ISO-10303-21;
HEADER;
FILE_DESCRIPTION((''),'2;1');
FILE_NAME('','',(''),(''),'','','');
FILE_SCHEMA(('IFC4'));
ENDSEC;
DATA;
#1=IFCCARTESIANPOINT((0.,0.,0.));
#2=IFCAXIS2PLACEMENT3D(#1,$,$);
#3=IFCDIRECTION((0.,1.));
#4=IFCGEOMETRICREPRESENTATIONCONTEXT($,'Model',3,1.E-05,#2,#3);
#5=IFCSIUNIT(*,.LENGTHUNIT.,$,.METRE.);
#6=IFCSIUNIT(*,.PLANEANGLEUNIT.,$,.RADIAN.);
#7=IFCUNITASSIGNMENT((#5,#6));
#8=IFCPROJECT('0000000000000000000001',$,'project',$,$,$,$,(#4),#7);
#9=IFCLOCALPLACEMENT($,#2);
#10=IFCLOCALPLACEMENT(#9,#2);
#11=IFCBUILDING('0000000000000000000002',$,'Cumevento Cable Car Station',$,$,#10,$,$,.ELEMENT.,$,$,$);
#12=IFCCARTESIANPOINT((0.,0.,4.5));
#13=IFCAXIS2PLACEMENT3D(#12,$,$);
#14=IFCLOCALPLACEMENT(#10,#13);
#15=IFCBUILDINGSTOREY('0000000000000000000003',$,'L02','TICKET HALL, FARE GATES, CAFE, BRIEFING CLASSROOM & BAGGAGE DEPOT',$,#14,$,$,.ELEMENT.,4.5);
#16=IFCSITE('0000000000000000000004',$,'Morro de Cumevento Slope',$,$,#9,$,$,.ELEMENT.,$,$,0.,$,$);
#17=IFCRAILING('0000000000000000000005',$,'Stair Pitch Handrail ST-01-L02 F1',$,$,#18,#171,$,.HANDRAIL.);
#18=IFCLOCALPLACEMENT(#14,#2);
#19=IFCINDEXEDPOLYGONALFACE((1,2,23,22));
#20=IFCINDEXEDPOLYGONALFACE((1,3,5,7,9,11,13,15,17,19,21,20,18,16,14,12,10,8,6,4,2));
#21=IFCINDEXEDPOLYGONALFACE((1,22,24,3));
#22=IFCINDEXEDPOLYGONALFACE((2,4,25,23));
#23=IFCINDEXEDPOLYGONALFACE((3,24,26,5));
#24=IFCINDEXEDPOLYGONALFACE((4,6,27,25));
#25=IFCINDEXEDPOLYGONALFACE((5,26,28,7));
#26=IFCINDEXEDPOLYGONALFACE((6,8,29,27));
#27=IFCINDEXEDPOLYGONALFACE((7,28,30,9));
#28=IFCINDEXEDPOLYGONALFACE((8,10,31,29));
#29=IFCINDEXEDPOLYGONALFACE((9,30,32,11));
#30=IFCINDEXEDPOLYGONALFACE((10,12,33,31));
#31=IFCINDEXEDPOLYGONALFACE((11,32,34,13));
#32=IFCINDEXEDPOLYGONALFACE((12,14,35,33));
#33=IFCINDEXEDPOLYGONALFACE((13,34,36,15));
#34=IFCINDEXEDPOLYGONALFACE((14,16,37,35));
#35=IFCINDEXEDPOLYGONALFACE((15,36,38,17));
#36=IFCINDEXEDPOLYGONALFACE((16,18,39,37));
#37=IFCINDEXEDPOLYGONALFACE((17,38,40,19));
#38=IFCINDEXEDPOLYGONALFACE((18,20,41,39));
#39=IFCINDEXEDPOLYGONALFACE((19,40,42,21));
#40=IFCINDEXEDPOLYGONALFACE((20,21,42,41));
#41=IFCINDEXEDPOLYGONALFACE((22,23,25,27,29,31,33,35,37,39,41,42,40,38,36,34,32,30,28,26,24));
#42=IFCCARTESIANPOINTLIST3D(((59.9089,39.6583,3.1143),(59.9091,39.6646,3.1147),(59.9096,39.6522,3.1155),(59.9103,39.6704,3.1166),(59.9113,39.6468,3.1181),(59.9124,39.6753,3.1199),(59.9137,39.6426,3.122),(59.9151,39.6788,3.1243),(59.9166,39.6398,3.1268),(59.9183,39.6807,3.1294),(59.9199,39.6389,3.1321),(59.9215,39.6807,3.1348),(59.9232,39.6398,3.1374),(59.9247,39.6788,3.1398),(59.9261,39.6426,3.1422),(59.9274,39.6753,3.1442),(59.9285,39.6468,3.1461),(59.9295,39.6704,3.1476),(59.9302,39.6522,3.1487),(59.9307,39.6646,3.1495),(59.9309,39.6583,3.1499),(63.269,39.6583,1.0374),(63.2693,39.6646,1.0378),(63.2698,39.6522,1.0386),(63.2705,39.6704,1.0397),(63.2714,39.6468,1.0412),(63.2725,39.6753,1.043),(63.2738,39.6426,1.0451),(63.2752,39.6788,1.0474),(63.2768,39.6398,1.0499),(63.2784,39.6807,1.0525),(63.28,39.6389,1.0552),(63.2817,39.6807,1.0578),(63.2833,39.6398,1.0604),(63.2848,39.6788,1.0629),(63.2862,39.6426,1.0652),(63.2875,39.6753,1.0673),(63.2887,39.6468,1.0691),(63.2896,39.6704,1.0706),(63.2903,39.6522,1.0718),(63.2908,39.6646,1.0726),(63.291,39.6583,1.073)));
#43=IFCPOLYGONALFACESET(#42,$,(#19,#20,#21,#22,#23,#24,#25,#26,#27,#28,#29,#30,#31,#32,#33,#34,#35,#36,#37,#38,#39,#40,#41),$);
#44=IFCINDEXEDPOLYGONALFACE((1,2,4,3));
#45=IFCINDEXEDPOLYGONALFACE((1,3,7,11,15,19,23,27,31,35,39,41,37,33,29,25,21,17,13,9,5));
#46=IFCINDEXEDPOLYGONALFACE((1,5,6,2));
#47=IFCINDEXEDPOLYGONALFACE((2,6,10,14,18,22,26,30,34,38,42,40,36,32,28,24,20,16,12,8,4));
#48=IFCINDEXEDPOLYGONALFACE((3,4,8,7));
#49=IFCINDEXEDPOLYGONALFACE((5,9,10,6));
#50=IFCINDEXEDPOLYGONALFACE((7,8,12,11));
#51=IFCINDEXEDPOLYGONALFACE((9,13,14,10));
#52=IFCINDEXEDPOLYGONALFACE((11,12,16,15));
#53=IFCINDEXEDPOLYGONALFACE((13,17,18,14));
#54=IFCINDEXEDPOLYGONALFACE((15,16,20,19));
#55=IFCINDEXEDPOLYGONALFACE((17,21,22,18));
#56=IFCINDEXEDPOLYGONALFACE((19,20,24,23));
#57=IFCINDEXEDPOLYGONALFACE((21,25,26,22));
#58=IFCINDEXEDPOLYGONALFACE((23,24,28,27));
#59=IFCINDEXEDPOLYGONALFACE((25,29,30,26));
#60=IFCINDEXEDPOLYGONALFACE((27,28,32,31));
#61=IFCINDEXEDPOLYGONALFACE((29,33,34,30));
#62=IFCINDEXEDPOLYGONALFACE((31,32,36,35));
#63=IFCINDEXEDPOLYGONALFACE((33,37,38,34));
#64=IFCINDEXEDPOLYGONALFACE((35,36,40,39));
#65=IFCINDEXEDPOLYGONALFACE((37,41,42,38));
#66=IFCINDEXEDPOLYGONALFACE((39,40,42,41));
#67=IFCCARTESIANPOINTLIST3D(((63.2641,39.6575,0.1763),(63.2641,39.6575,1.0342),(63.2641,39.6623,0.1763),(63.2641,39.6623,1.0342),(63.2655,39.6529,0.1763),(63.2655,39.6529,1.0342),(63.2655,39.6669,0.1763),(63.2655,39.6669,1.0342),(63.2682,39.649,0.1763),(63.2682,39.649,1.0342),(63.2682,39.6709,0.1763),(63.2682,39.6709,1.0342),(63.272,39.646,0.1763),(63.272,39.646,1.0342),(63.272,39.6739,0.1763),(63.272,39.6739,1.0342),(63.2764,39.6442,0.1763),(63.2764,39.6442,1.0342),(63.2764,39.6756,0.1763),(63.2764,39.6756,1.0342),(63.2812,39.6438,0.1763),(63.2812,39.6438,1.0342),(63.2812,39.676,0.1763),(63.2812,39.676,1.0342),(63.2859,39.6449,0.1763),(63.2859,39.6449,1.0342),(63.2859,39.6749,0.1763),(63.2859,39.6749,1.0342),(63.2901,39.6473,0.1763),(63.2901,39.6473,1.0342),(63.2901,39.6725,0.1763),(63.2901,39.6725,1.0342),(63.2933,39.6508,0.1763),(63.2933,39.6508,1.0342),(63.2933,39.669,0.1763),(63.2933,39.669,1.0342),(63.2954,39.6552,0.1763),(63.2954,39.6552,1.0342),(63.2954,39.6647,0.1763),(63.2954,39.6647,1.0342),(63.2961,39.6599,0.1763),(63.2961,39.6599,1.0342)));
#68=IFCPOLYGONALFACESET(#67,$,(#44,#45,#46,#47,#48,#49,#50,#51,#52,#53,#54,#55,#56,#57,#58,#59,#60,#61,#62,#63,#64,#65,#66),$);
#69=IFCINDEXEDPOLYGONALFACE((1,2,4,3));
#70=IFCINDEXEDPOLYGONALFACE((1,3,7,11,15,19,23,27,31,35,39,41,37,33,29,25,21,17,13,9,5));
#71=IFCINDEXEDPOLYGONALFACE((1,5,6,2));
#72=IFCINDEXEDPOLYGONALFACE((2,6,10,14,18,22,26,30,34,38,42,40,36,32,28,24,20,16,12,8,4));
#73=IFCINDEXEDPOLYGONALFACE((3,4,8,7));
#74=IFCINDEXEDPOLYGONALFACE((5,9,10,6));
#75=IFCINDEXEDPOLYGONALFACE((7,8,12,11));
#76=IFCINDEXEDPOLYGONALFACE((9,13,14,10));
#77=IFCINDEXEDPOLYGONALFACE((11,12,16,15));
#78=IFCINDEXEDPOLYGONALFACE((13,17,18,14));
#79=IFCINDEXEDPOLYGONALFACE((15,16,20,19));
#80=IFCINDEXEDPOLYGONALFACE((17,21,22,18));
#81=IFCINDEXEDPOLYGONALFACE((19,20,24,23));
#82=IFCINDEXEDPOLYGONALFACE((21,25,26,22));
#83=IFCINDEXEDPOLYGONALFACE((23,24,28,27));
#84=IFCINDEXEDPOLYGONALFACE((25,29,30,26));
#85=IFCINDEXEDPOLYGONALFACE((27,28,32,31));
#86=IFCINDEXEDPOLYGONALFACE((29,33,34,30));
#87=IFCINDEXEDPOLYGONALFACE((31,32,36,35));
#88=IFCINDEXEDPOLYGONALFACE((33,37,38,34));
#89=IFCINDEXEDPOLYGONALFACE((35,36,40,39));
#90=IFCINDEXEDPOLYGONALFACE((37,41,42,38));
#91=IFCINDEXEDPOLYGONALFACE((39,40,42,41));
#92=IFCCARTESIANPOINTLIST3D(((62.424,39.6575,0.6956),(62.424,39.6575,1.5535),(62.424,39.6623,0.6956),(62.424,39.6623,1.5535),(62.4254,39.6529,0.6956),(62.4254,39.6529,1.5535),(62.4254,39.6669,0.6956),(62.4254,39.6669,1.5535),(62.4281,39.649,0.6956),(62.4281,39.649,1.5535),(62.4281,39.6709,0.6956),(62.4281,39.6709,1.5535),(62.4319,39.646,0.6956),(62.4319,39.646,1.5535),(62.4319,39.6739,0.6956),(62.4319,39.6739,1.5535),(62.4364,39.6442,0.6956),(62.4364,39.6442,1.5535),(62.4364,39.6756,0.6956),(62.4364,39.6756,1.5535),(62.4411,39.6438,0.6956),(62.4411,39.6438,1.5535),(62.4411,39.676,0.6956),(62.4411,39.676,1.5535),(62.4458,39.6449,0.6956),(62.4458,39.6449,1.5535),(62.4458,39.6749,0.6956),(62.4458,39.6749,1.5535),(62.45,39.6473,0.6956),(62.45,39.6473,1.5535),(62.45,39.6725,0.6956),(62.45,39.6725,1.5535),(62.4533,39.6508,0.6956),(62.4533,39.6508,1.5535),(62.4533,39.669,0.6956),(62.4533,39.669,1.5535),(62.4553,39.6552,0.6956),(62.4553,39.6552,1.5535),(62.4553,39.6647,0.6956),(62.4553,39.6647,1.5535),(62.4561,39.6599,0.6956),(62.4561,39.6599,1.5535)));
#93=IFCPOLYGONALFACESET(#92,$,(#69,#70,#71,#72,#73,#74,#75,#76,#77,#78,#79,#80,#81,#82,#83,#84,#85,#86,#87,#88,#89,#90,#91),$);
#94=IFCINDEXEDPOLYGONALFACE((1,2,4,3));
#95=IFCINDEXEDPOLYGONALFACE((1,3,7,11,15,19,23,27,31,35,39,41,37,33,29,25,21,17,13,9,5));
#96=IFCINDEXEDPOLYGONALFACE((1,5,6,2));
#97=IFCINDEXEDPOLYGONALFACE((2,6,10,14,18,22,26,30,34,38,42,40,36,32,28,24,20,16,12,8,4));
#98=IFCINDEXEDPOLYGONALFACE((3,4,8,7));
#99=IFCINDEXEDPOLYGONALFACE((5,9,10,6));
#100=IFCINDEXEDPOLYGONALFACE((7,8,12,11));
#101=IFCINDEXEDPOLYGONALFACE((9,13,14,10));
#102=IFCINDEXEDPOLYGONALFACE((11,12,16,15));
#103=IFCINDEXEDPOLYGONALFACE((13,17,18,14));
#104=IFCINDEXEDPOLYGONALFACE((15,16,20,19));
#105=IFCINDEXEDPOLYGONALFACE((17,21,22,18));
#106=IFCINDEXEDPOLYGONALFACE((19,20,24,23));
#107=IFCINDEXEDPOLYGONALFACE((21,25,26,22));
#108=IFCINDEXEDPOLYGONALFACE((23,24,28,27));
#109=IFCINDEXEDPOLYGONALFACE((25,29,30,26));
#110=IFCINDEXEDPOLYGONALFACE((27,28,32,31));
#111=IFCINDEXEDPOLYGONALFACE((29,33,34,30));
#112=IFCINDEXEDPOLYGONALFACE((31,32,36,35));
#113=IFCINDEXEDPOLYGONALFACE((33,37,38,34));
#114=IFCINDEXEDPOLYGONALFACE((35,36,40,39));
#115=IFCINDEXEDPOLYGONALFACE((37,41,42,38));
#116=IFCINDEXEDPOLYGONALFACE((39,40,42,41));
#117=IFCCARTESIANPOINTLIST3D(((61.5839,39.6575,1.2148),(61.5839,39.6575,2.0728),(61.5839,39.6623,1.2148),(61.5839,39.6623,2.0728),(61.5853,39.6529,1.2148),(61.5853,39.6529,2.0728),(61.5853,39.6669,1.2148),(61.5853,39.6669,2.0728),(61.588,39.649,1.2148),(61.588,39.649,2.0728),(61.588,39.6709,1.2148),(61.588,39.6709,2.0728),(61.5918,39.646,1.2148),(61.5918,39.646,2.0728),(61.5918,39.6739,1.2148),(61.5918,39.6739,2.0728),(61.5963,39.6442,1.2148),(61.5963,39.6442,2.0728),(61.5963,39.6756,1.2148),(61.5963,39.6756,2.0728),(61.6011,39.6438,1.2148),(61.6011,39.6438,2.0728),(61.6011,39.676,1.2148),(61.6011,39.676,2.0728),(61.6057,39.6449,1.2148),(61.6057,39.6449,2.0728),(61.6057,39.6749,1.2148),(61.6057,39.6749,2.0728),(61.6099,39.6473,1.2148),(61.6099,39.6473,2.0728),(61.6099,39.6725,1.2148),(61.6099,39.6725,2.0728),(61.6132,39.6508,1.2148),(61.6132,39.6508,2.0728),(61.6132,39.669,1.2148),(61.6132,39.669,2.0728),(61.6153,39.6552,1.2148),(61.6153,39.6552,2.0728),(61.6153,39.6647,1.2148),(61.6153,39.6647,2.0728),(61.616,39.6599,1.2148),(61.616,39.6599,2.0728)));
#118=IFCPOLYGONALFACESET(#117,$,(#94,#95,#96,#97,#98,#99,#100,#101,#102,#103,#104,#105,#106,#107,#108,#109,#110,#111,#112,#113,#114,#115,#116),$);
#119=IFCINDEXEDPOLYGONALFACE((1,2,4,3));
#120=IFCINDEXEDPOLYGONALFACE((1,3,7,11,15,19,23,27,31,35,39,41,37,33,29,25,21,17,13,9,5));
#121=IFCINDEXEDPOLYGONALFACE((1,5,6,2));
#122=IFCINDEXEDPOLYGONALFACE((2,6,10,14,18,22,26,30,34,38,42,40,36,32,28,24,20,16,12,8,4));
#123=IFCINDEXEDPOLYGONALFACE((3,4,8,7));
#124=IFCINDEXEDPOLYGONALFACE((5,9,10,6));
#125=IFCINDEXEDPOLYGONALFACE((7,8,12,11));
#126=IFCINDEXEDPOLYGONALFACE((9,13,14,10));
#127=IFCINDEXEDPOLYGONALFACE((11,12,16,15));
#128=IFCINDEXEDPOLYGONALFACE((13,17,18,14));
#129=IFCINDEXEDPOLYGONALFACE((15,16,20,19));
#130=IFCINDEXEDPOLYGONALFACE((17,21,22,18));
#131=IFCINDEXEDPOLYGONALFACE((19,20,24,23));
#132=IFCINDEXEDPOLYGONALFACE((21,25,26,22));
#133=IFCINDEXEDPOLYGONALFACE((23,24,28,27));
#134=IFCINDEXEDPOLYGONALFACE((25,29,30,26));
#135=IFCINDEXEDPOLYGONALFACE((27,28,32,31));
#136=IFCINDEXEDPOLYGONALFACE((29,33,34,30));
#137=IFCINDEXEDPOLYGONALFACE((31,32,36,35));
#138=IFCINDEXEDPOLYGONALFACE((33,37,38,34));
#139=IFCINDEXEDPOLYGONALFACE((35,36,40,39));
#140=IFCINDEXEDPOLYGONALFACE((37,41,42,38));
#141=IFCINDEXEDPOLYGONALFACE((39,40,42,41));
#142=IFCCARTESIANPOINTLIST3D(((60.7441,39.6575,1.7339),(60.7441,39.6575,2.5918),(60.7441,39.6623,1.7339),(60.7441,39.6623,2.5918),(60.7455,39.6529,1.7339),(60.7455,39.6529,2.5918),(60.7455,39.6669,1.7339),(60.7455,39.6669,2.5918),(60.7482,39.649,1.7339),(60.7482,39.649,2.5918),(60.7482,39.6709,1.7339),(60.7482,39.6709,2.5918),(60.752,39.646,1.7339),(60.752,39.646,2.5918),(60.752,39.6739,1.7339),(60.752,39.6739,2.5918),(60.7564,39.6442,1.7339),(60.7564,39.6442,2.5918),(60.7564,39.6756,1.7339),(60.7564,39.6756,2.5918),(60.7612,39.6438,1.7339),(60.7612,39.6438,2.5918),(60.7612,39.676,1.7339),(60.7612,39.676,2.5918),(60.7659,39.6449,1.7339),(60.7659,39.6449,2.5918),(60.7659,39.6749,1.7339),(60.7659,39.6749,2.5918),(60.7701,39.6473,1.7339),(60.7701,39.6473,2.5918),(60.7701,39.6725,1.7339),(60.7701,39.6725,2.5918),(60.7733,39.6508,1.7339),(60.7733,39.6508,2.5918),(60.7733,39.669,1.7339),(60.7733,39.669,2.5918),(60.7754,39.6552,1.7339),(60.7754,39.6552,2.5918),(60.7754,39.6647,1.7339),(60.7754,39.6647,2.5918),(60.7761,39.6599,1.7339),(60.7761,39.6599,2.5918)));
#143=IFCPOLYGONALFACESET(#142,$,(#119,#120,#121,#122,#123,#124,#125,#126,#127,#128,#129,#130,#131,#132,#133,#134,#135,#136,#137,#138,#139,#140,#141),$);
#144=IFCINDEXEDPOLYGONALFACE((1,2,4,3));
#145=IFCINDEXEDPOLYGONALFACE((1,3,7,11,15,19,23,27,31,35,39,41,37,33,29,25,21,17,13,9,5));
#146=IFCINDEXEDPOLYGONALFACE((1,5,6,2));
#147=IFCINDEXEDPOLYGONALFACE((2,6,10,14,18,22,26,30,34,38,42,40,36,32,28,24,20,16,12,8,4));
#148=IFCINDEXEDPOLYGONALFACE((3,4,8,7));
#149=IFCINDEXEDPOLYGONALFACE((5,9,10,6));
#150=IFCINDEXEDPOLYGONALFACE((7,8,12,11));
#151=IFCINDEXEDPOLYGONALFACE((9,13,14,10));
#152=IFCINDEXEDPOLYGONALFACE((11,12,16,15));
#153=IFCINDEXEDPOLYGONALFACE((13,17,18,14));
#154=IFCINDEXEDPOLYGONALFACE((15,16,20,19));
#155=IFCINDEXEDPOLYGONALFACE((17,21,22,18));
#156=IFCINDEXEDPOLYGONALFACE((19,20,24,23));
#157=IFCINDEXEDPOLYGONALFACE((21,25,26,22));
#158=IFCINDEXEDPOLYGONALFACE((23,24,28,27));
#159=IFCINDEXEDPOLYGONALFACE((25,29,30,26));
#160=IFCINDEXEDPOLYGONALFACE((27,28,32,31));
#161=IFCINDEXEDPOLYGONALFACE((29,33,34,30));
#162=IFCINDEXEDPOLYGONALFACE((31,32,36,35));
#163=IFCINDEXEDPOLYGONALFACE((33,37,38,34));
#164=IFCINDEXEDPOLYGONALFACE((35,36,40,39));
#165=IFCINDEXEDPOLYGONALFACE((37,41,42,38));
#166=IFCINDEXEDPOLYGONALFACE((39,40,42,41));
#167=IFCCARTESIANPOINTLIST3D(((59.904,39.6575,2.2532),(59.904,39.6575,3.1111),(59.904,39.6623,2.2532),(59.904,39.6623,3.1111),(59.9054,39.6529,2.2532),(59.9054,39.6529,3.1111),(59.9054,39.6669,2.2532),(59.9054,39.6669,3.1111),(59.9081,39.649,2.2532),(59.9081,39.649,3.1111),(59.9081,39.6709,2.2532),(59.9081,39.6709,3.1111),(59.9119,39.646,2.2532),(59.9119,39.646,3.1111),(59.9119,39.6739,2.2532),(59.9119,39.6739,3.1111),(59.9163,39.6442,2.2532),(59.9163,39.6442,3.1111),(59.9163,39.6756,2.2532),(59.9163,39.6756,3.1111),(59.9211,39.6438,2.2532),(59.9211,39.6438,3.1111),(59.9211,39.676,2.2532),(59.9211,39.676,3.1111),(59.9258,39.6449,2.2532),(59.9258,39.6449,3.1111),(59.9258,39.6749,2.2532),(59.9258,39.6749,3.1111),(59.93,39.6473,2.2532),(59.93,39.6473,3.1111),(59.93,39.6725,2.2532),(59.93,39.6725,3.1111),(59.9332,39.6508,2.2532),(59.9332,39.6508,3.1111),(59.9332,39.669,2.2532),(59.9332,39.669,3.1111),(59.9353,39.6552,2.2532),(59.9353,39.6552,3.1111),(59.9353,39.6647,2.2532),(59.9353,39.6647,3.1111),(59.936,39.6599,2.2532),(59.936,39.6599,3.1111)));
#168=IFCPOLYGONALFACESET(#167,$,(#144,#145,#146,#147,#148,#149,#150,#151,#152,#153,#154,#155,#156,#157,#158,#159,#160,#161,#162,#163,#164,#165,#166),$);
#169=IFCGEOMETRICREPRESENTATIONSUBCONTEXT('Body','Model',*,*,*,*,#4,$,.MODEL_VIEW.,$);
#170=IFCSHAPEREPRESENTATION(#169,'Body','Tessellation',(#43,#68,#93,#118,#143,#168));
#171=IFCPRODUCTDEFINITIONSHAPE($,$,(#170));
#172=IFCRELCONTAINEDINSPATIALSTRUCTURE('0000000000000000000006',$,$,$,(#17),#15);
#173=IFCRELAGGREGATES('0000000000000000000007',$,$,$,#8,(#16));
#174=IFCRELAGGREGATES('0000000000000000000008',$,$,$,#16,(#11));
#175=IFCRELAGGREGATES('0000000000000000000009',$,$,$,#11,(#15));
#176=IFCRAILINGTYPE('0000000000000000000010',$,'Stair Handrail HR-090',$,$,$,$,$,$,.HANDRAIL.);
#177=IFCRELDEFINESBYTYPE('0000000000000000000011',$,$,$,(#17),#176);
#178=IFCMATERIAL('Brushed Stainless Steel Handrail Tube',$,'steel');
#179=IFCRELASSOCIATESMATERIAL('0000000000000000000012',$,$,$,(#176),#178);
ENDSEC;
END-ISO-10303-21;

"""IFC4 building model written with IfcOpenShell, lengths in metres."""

from ifc_helpers import new_model, si_unit, direction, frame, origin, origin_2d, place, context, subcontext, project, spatial, circle, extrude, material, type_object, element, save


model = new_model("IFC4")

# Units and contexts
model_context = context("Model", 3, precision=1e-05, world=origin(), true_north=direction((0.0, 1.0)))
body_context = subcontext(model_context, "Body", "Model", "MODEL_VIEW")
ifc_project = project(units=[si_unit("LENGTHUNIT", "METRE"), si_unit("PLANEANGLEUNIT", "RADIAN")], contexts=[model_context])

# Site, building, storey
site_placement = place(None, origin())
site = spatial("IfcSite", under=ifc_project, at=site_placement, Name="Morro de Cumevento Slope", CompositionType="ELEMENT", RefElevation=0.0)
building_placement = place(site_placement, origin())
building = spatial("IfcBuilding", under=site, at=building_placement, Name="Cumevento Cable Car Station", CompositionType="ELEMENT")
storey_placement = place(building_placement, frame((0.0, 0.0, 4.5)))
storey = spatial("IfcBuildingStorey", under=building, at=storey_placement, Name="L02", Description="TICKET HALL, FARE GATES, CAFE, BRIEFING CLASSROOM & BAGGAGE DEPOT", CompositionType="ELEMENT", Elevation=4.5)

# Railing
ifc_material_1 = material(Name="Brushed Stainless Steel Handrail Tube", Category="steel")
railing_type_1 = type_object("IfcRailingType", Name="Stair Handrail HR-090", PredefinedType="HANDRAIL", material=ifc_material_1)
railing_1_placement = place(storey_placement, frame((63.28, 39.6599, 0.1763)))
element("IfcRailing", 1, at=railing_1_placement, inside=storey, type_object=railing_type_1, Name="Stair Pitch Handrail ST-01-L02 F1", PredefinedType="HANDRAIL", context=body_context, shape_type="SweptSolid", body=[
    extrude(circle(Radius=0.021, at=origin_2d()), frame((0.0, 0.0, 0.8789), z_axis=(-0.850623, 0.0, 0.525776), x_axis=(0.0, -1.0, 0.0)), (0.0, 0.0, 1.0), 3.9502),
    extrude(circle(Radius=0.0161, at=origin_2d()), origin(), (0.0, 0.0, 1.0), 0.8579),
    extrude(circle(Radius=0.0161, at=origin_2d()), frame((-0.8401, 0.0, 0.5193)), (0.0, 0.0, 1.0), 0.8579),
    extrude(circle(Radius=0.0161, at=origin_2d()), frame((-1.6802, 0.0, 1.0386)), (0.0, 0.0, 1.0), 0.8579),
    extrude(circle(Radius=0.0161, at=origin_2d()), frame((-2.52, 0.0, 1.5576)), (0.0, 0.0, 1.0), 0.8579),
    extrude(circle(Radius=0.0161, at=origin_2d()), frame((-3.3601, 0.0, 2.0769)), (0.0, 0.0, 1.0), 0.8579),
])

save(model, "model.ifc")
